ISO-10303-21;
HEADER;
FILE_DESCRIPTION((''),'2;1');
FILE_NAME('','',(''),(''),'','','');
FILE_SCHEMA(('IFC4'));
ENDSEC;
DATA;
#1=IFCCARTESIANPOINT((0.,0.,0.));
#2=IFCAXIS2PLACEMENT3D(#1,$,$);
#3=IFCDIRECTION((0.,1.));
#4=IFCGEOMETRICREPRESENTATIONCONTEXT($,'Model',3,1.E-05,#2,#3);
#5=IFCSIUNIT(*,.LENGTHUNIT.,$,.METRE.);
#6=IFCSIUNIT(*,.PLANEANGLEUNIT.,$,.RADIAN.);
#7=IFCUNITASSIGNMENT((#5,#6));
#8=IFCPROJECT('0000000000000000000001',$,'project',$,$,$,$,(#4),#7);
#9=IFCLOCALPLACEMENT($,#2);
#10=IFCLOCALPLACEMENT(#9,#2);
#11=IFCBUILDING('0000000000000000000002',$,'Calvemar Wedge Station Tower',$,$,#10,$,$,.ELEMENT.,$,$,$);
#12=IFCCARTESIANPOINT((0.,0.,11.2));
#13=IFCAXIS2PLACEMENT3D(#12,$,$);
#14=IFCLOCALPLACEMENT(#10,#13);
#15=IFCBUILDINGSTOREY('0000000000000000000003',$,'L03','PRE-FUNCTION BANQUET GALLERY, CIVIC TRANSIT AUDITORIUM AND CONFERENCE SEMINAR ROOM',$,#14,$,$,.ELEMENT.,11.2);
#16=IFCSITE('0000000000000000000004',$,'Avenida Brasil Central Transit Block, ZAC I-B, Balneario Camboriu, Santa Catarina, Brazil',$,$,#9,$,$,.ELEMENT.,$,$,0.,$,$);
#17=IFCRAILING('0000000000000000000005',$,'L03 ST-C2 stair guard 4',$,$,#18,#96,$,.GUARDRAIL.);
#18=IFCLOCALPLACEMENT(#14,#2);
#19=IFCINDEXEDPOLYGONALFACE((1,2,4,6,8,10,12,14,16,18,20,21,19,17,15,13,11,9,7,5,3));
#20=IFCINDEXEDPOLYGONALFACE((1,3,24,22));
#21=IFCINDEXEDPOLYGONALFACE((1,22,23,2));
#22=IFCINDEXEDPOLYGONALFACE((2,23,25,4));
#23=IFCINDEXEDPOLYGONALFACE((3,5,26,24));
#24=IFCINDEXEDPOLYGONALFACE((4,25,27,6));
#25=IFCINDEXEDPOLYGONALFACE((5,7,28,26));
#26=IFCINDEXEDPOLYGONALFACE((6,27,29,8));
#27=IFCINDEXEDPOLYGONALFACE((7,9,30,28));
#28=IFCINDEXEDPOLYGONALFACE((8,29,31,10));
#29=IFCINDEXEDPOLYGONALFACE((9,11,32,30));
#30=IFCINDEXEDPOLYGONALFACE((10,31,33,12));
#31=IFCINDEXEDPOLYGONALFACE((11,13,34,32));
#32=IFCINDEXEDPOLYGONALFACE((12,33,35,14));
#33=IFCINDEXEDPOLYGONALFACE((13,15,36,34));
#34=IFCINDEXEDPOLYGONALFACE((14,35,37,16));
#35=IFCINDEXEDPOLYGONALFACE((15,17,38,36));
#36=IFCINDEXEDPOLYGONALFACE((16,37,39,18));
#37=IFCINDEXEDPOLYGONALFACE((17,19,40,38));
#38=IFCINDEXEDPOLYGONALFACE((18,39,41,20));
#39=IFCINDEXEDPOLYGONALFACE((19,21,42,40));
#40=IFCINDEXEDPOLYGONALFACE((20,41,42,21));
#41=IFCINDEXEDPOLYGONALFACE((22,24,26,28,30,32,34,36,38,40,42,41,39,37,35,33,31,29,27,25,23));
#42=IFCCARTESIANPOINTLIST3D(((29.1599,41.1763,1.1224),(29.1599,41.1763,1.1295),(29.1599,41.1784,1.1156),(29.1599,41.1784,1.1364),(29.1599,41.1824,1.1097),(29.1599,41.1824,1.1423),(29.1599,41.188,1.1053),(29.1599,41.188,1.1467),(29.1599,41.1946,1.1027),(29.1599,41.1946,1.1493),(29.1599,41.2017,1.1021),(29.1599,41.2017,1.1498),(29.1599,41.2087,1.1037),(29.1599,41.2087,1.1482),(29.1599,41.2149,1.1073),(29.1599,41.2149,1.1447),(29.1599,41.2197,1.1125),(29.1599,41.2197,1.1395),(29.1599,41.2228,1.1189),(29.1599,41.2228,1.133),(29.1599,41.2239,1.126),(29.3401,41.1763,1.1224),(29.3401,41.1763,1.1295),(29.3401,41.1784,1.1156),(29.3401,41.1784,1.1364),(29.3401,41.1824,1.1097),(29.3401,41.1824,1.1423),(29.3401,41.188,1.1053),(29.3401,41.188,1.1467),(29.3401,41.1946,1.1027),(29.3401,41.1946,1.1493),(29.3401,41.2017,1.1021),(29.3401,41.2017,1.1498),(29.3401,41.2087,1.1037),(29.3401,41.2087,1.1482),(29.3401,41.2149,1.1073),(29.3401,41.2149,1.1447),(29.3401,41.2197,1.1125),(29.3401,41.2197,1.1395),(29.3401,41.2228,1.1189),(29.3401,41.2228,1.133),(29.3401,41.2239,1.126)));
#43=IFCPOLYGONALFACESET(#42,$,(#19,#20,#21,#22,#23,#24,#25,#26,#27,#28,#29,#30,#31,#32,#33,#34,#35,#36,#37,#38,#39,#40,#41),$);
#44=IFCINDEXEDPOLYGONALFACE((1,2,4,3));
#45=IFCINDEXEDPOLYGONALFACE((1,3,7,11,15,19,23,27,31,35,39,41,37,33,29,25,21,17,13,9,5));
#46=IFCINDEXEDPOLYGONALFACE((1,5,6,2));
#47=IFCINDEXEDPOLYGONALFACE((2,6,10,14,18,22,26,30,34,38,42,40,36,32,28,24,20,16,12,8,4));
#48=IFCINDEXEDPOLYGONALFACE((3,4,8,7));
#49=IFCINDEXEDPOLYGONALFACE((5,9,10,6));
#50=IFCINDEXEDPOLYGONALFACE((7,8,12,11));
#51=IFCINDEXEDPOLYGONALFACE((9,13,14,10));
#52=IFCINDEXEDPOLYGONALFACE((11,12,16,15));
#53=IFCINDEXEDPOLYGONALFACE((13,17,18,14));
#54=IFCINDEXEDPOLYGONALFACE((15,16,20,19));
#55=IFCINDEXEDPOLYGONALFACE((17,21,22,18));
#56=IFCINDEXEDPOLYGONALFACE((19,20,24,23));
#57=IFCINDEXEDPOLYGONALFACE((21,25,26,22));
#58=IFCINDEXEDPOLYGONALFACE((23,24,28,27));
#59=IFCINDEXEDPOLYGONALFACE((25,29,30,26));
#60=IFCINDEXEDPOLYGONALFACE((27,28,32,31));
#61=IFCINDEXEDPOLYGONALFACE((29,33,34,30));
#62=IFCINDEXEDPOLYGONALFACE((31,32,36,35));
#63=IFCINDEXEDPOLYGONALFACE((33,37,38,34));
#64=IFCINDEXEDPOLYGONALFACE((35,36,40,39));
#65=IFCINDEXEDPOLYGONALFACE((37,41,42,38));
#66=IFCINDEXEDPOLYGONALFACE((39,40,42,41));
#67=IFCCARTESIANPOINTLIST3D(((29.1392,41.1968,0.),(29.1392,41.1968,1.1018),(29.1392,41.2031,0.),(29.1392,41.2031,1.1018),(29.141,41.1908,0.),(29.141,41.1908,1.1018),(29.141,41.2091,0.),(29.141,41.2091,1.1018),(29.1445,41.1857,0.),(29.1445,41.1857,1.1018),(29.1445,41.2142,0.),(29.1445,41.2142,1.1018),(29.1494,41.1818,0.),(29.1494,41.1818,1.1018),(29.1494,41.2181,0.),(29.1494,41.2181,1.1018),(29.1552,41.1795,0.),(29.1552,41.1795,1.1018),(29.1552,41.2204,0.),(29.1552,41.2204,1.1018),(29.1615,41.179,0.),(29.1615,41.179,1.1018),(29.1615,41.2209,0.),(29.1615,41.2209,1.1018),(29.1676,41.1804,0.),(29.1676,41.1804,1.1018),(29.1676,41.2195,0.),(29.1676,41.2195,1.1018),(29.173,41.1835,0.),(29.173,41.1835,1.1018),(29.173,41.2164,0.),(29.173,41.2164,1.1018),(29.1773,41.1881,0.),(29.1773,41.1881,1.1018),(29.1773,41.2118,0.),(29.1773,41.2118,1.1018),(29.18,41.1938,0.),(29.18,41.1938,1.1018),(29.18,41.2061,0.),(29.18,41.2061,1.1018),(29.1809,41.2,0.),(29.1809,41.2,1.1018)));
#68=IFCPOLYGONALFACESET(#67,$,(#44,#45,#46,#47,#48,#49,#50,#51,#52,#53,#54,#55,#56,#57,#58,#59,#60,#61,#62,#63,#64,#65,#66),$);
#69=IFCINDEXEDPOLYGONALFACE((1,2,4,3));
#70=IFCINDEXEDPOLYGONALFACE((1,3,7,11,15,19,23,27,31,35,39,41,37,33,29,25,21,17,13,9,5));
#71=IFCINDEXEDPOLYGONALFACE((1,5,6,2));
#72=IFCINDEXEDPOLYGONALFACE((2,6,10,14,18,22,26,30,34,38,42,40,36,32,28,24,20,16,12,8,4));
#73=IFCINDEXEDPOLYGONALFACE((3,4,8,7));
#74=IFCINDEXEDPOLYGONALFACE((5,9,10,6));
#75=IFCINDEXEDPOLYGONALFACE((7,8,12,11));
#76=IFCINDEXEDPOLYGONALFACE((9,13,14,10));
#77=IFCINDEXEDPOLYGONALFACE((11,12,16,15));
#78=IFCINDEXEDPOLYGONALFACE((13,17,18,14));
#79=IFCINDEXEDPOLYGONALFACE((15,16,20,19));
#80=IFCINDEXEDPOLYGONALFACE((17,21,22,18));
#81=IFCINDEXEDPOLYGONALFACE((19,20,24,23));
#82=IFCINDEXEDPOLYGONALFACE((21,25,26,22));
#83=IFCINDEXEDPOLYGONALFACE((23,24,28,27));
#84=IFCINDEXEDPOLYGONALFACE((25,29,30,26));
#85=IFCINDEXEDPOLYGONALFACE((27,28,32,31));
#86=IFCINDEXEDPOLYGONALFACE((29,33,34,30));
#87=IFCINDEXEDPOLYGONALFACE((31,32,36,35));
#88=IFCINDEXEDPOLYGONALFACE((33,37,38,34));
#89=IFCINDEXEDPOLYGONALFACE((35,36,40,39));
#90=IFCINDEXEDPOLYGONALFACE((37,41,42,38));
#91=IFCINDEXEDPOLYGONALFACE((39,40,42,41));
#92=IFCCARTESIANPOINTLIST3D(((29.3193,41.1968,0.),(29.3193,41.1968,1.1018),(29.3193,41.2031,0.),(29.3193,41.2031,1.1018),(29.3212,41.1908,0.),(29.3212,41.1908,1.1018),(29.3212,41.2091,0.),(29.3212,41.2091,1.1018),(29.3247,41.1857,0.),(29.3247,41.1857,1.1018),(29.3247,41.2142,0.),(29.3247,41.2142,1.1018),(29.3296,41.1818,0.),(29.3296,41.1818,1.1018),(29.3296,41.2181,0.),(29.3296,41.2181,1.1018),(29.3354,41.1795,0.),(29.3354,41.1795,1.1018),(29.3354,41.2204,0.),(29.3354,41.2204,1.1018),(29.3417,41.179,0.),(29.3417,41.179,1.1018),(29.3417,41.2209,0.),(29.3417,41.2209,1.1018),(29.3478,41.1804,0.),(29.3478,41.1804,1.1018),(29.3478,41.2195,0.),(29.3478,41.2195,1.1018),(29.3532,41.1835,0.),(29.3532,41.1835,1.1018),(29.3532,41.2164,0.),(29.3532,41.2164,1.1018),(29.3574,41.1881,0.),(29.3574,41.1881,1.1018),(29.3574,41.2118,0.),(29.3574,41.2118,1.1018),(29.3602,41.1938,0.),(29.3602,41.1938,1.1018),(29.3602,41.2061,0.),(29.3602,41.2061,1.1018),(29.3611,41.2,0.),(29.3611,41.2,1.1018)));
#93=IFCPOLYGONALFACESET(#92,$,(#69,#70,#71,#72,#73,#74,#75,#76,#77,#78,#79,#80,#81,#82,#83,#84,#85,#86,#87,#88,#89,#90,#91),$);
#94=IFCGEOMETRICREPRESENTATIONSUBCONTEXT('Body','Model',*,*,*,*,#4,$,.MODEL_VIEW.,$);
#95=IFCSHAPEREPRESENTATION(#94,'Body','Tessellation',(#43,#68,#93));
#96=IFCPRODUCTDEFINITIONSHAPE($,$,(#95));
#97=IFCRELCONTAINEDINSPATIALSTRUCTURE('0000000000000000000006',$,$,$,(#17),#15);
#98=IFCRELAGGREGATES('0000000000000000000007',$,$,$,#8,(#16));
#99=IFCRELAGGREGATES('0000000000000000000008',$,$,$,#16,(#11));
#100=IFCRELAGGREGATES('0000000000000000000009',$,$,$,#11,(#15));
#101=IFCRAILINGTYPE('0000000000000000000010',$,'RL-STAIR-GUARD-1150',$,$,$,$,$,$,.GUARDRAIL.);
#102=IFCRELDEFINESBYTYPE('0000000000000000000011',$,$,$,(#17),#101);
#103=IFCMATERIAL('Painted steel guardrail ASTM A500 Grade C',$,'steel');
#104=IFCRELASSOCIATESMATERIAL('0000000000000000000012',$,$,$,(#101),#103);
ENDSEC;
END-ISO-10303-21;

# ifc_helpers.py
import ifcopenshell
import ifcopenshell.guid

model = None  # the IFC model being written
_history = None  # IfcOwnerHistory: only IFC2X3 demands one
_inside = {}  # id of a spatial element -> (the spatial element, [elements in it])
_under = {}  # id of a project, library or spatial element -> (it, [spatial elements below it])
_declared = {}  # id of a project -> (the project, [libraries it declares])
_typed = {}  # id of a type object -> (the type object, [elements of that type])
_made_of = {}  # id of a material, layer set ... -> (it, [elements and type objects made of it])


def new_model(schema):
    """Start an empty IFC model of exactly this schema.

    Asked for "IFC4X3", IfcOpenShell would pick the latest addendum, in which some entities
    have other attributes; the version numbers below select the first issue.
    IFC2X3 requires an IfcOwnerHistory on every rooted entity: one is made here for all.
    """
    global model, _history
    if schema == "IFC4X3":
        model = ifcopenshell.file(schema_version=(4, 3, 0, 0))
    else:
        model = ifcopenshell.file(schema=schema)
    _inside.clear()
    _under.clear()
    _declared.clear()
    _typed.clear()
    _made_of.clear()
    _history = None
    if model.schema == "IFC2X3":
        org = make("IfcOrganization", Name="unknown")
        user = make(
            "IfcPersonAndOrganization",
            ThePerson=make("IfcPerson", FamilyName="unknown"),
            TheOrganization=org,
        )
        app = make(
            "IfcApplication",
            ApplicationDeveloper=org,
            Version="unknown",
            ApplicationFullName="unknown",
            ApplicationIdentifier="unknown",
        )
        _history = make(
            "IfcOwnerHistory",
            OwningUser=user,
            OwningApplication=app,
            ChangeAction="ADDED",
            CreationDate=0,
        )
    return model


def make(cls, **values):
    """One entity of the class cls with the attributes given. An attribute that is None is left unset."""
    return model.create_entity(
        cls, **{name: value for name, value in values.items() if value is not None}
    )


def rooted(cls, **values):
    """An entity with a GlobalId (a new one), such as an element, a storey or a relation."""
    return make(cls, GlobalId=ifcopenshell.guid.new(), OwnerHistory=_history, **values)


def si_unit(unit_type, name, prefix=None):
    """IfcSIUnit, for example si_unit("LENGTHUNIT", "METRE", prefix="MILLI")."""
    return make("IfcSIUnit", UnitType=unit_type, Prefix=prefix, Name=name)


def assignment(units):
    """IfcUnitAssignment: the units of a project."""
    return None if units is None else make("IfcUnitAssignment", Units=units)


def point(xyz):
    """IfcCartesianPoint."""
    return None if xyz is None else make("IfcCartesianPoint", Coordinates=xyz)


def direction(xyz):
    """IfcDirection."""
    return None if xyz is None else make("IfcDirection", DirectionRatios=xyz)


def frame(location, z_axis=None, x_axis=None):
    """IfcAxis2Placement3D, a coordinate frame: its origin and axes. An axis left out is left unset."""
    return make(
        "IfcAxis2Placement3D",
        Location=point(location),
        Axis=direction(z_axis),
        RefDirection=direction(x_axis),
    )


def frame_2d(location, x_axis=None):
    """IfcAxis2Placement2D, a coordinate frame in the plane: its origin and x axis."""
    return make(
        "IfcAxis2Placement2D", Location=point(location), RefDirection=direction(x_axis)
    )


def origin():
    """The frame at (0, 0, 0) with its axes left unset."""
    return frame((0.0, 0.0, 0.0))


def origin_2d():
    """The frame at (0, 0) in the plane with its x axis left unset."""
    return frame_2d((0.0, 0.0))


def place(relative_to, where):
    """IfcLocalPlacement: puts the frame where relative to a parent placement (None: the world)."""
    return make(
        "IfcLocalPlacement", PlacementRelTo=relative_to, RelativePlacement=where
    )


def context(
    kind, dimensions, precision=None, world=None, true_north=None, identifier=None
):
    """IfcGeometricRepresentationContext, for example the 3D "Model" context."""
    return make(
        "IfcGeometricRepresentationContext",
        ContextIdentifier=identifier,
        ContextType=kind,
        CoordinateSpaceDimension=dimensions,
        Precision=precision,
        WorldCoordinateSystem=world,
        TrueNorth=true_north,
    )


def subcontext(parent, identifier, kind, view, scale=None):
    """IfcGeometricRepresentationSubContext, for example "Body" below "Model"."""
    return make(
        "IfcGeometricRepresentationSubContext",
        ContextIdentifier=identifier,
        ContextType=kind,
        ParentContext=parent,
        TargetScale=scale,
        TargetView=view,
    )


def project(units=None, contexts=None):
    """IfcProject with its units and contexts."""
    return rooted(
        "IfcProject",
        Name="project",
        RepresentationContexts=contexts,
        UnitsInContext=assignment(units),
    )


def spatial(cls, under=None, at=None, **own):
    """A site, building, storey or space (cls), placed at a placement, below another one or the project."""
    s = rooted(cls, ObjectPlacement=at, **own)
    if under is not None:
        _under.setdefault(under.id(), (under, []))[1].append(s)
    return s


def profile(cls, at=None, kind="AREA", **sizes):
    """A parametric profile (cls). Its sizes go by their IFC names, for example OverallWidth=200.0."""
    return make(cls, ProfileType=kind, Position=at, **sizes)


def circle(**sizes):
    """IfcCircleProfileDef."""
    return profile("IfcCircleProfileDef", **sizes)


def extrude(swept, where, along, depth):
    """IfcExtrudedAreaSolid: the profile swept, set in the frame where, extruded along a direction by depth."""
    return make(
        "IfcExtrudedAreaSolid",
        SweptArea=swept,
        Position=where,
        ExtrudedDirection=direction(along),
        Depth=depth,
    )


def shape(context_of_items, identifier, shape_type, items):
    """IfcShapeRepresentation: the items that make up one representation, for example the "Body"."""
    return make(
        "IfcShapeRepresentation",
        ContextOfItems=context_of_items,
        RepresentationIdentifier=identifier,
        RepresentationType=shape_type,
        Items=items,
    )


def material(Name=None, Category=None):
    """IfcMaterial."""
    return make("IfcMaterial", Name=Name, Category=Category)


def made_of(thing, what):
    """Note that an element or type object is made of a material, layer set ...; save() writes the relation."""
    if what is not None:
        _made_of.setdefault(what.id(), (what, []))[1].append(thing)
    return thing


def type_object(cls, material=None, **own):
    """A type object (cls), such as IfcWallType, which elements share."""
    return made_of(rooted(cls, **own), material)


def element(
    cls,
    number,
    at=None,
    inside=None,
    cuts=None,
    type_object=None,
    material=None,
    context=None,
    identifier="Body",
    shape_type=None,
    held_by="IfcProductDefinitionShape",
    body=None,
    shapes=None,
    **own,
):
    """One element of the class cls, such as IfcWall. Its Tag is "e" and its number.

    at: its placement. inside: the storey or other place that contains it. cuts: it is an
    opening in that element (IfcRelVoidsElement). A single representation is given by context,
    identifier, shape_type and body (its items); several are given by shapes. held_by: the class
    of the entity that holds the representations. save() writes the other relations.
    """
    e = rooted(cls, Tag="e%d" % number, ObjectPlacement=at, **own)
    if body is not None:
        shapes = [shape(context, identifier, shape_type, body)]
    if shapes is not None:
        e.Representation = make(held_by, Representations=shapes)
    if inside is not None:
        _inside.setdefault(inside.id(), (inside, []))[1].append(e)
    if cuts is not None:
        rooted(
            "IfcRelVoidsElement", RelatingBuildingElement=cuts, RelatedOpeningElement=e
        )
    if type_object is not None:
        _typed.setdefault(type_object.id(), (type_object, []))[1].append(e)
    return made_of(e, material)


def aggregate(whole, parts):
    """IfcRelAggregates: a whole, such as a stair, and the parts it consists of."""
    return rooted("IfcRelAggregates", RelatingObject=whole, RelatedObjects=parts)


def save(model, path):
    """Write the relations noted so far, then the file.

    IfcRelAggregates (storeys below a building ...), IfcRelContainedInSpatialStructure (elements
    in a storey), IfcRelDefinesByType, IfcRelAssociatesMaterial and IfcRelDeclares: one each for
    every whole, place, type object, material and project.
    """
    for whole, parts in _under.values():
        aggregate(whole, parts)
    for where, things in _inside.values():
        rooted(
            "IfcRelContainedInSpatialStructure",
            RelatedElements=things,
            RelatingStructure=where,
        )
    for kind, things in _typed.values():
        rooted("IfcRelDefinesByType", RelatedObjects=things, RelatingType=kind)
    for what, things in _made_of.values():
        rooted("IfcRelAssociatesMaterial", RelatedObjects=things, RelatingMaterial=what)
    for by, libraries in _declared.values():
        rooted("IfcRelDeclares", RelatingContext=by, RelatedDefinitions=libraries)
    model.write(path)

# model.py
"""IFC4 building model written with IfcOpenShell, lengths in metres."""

from ifc_helpers import new_model, si_unit, direction, frame, origin, origin_2d, place, context, subcontext, project, spatial, circle, extrude, material, type_object, element, save


model = new_model("IFC4")

# Units and contexts
model_context = context("Model", 3, precision=1e-05, world=origin(), true_north=direction((0.0, 1.0)))
body_context = subcontext(model_context, "Body", "Model", "MODEL_VIEW")
ifc_project = project(units=[si_unit("LENGTHUNIT", "METRE"), si_unit("PLANEANGLEUNIT", "RADIAN")], contexts=[model_context])

# Site, building, storey
site_placement = place(None, origin())
site = spatial("IfcSite", under=ifc_project, at=site_placement, Name="Avenida Brasil Central Transit Block, ZAC I-B, Balneario Camboriu, Santa Catarina, Brazil", CompositionType="ELEMENT", RefElevation=0.0)
building_placement = place(site_placement, origin())
building = spatial("IfcBuilding", under=site, at=building_placement, Name="Calvemar Wedge Station Tower", CompositionType="ELEMENT")
storey_placement = place(building_placement, frame((0.0, 0.0, 11.2)))
storey = spatial("IfcBuildingStorey", under=building, at=storey_placement, Name="L03", Description="PRE-FUNCTION BANQUET GALLERY, CIVIC TRANSIT AUDITORIUM AND CONFERENCE SEMINAR ROOM", CompositionType="ELEMENT", Elevation=11.2)

# Railing
ifc_material_1 = material(Name="Painted steel guardrail ASTM A500 Grade C", Category="steel")
railing_type_1 = type_object("IfcRailingType", Name="RL-STAIR-GUARD-1150", PredefinedType="GUARDRAIL", material=ifc_material_1)
railing_1_placement = place(storey_placement, frame((29.1599, 41.2, 0.0)))
element("IfcRailing", 1, at=railing_1_placement, inside=storey, type_object=railing_type_1, Name="L03 ST-C2 stair guard 4", PredefinedType="GUARDRAIL", context=body_context, shape_type="SweptSolid", body=[
    extrude(circle(Radius=0.0239, at=origin_2d()), frame((0.0, 0.0, 1.126), z_axis=(1.0, 0.0, 0.0), x_axis=(0.0, 1.0, 0.0)), (0.0, 0.0, 1.0), 0.1802),
    extrude(circle(Radius=0.021, at=origin_2d()), origin(), (0.0, 0.0, 1.0), 1.1018),
    extrude(circle(Radius=0.021, at=origin_2d()), frame((0.1802, 0.0, 0.0)), (0.0, 0.0, 1.0), 1.1018),
])

save(model, "model.ifc")
